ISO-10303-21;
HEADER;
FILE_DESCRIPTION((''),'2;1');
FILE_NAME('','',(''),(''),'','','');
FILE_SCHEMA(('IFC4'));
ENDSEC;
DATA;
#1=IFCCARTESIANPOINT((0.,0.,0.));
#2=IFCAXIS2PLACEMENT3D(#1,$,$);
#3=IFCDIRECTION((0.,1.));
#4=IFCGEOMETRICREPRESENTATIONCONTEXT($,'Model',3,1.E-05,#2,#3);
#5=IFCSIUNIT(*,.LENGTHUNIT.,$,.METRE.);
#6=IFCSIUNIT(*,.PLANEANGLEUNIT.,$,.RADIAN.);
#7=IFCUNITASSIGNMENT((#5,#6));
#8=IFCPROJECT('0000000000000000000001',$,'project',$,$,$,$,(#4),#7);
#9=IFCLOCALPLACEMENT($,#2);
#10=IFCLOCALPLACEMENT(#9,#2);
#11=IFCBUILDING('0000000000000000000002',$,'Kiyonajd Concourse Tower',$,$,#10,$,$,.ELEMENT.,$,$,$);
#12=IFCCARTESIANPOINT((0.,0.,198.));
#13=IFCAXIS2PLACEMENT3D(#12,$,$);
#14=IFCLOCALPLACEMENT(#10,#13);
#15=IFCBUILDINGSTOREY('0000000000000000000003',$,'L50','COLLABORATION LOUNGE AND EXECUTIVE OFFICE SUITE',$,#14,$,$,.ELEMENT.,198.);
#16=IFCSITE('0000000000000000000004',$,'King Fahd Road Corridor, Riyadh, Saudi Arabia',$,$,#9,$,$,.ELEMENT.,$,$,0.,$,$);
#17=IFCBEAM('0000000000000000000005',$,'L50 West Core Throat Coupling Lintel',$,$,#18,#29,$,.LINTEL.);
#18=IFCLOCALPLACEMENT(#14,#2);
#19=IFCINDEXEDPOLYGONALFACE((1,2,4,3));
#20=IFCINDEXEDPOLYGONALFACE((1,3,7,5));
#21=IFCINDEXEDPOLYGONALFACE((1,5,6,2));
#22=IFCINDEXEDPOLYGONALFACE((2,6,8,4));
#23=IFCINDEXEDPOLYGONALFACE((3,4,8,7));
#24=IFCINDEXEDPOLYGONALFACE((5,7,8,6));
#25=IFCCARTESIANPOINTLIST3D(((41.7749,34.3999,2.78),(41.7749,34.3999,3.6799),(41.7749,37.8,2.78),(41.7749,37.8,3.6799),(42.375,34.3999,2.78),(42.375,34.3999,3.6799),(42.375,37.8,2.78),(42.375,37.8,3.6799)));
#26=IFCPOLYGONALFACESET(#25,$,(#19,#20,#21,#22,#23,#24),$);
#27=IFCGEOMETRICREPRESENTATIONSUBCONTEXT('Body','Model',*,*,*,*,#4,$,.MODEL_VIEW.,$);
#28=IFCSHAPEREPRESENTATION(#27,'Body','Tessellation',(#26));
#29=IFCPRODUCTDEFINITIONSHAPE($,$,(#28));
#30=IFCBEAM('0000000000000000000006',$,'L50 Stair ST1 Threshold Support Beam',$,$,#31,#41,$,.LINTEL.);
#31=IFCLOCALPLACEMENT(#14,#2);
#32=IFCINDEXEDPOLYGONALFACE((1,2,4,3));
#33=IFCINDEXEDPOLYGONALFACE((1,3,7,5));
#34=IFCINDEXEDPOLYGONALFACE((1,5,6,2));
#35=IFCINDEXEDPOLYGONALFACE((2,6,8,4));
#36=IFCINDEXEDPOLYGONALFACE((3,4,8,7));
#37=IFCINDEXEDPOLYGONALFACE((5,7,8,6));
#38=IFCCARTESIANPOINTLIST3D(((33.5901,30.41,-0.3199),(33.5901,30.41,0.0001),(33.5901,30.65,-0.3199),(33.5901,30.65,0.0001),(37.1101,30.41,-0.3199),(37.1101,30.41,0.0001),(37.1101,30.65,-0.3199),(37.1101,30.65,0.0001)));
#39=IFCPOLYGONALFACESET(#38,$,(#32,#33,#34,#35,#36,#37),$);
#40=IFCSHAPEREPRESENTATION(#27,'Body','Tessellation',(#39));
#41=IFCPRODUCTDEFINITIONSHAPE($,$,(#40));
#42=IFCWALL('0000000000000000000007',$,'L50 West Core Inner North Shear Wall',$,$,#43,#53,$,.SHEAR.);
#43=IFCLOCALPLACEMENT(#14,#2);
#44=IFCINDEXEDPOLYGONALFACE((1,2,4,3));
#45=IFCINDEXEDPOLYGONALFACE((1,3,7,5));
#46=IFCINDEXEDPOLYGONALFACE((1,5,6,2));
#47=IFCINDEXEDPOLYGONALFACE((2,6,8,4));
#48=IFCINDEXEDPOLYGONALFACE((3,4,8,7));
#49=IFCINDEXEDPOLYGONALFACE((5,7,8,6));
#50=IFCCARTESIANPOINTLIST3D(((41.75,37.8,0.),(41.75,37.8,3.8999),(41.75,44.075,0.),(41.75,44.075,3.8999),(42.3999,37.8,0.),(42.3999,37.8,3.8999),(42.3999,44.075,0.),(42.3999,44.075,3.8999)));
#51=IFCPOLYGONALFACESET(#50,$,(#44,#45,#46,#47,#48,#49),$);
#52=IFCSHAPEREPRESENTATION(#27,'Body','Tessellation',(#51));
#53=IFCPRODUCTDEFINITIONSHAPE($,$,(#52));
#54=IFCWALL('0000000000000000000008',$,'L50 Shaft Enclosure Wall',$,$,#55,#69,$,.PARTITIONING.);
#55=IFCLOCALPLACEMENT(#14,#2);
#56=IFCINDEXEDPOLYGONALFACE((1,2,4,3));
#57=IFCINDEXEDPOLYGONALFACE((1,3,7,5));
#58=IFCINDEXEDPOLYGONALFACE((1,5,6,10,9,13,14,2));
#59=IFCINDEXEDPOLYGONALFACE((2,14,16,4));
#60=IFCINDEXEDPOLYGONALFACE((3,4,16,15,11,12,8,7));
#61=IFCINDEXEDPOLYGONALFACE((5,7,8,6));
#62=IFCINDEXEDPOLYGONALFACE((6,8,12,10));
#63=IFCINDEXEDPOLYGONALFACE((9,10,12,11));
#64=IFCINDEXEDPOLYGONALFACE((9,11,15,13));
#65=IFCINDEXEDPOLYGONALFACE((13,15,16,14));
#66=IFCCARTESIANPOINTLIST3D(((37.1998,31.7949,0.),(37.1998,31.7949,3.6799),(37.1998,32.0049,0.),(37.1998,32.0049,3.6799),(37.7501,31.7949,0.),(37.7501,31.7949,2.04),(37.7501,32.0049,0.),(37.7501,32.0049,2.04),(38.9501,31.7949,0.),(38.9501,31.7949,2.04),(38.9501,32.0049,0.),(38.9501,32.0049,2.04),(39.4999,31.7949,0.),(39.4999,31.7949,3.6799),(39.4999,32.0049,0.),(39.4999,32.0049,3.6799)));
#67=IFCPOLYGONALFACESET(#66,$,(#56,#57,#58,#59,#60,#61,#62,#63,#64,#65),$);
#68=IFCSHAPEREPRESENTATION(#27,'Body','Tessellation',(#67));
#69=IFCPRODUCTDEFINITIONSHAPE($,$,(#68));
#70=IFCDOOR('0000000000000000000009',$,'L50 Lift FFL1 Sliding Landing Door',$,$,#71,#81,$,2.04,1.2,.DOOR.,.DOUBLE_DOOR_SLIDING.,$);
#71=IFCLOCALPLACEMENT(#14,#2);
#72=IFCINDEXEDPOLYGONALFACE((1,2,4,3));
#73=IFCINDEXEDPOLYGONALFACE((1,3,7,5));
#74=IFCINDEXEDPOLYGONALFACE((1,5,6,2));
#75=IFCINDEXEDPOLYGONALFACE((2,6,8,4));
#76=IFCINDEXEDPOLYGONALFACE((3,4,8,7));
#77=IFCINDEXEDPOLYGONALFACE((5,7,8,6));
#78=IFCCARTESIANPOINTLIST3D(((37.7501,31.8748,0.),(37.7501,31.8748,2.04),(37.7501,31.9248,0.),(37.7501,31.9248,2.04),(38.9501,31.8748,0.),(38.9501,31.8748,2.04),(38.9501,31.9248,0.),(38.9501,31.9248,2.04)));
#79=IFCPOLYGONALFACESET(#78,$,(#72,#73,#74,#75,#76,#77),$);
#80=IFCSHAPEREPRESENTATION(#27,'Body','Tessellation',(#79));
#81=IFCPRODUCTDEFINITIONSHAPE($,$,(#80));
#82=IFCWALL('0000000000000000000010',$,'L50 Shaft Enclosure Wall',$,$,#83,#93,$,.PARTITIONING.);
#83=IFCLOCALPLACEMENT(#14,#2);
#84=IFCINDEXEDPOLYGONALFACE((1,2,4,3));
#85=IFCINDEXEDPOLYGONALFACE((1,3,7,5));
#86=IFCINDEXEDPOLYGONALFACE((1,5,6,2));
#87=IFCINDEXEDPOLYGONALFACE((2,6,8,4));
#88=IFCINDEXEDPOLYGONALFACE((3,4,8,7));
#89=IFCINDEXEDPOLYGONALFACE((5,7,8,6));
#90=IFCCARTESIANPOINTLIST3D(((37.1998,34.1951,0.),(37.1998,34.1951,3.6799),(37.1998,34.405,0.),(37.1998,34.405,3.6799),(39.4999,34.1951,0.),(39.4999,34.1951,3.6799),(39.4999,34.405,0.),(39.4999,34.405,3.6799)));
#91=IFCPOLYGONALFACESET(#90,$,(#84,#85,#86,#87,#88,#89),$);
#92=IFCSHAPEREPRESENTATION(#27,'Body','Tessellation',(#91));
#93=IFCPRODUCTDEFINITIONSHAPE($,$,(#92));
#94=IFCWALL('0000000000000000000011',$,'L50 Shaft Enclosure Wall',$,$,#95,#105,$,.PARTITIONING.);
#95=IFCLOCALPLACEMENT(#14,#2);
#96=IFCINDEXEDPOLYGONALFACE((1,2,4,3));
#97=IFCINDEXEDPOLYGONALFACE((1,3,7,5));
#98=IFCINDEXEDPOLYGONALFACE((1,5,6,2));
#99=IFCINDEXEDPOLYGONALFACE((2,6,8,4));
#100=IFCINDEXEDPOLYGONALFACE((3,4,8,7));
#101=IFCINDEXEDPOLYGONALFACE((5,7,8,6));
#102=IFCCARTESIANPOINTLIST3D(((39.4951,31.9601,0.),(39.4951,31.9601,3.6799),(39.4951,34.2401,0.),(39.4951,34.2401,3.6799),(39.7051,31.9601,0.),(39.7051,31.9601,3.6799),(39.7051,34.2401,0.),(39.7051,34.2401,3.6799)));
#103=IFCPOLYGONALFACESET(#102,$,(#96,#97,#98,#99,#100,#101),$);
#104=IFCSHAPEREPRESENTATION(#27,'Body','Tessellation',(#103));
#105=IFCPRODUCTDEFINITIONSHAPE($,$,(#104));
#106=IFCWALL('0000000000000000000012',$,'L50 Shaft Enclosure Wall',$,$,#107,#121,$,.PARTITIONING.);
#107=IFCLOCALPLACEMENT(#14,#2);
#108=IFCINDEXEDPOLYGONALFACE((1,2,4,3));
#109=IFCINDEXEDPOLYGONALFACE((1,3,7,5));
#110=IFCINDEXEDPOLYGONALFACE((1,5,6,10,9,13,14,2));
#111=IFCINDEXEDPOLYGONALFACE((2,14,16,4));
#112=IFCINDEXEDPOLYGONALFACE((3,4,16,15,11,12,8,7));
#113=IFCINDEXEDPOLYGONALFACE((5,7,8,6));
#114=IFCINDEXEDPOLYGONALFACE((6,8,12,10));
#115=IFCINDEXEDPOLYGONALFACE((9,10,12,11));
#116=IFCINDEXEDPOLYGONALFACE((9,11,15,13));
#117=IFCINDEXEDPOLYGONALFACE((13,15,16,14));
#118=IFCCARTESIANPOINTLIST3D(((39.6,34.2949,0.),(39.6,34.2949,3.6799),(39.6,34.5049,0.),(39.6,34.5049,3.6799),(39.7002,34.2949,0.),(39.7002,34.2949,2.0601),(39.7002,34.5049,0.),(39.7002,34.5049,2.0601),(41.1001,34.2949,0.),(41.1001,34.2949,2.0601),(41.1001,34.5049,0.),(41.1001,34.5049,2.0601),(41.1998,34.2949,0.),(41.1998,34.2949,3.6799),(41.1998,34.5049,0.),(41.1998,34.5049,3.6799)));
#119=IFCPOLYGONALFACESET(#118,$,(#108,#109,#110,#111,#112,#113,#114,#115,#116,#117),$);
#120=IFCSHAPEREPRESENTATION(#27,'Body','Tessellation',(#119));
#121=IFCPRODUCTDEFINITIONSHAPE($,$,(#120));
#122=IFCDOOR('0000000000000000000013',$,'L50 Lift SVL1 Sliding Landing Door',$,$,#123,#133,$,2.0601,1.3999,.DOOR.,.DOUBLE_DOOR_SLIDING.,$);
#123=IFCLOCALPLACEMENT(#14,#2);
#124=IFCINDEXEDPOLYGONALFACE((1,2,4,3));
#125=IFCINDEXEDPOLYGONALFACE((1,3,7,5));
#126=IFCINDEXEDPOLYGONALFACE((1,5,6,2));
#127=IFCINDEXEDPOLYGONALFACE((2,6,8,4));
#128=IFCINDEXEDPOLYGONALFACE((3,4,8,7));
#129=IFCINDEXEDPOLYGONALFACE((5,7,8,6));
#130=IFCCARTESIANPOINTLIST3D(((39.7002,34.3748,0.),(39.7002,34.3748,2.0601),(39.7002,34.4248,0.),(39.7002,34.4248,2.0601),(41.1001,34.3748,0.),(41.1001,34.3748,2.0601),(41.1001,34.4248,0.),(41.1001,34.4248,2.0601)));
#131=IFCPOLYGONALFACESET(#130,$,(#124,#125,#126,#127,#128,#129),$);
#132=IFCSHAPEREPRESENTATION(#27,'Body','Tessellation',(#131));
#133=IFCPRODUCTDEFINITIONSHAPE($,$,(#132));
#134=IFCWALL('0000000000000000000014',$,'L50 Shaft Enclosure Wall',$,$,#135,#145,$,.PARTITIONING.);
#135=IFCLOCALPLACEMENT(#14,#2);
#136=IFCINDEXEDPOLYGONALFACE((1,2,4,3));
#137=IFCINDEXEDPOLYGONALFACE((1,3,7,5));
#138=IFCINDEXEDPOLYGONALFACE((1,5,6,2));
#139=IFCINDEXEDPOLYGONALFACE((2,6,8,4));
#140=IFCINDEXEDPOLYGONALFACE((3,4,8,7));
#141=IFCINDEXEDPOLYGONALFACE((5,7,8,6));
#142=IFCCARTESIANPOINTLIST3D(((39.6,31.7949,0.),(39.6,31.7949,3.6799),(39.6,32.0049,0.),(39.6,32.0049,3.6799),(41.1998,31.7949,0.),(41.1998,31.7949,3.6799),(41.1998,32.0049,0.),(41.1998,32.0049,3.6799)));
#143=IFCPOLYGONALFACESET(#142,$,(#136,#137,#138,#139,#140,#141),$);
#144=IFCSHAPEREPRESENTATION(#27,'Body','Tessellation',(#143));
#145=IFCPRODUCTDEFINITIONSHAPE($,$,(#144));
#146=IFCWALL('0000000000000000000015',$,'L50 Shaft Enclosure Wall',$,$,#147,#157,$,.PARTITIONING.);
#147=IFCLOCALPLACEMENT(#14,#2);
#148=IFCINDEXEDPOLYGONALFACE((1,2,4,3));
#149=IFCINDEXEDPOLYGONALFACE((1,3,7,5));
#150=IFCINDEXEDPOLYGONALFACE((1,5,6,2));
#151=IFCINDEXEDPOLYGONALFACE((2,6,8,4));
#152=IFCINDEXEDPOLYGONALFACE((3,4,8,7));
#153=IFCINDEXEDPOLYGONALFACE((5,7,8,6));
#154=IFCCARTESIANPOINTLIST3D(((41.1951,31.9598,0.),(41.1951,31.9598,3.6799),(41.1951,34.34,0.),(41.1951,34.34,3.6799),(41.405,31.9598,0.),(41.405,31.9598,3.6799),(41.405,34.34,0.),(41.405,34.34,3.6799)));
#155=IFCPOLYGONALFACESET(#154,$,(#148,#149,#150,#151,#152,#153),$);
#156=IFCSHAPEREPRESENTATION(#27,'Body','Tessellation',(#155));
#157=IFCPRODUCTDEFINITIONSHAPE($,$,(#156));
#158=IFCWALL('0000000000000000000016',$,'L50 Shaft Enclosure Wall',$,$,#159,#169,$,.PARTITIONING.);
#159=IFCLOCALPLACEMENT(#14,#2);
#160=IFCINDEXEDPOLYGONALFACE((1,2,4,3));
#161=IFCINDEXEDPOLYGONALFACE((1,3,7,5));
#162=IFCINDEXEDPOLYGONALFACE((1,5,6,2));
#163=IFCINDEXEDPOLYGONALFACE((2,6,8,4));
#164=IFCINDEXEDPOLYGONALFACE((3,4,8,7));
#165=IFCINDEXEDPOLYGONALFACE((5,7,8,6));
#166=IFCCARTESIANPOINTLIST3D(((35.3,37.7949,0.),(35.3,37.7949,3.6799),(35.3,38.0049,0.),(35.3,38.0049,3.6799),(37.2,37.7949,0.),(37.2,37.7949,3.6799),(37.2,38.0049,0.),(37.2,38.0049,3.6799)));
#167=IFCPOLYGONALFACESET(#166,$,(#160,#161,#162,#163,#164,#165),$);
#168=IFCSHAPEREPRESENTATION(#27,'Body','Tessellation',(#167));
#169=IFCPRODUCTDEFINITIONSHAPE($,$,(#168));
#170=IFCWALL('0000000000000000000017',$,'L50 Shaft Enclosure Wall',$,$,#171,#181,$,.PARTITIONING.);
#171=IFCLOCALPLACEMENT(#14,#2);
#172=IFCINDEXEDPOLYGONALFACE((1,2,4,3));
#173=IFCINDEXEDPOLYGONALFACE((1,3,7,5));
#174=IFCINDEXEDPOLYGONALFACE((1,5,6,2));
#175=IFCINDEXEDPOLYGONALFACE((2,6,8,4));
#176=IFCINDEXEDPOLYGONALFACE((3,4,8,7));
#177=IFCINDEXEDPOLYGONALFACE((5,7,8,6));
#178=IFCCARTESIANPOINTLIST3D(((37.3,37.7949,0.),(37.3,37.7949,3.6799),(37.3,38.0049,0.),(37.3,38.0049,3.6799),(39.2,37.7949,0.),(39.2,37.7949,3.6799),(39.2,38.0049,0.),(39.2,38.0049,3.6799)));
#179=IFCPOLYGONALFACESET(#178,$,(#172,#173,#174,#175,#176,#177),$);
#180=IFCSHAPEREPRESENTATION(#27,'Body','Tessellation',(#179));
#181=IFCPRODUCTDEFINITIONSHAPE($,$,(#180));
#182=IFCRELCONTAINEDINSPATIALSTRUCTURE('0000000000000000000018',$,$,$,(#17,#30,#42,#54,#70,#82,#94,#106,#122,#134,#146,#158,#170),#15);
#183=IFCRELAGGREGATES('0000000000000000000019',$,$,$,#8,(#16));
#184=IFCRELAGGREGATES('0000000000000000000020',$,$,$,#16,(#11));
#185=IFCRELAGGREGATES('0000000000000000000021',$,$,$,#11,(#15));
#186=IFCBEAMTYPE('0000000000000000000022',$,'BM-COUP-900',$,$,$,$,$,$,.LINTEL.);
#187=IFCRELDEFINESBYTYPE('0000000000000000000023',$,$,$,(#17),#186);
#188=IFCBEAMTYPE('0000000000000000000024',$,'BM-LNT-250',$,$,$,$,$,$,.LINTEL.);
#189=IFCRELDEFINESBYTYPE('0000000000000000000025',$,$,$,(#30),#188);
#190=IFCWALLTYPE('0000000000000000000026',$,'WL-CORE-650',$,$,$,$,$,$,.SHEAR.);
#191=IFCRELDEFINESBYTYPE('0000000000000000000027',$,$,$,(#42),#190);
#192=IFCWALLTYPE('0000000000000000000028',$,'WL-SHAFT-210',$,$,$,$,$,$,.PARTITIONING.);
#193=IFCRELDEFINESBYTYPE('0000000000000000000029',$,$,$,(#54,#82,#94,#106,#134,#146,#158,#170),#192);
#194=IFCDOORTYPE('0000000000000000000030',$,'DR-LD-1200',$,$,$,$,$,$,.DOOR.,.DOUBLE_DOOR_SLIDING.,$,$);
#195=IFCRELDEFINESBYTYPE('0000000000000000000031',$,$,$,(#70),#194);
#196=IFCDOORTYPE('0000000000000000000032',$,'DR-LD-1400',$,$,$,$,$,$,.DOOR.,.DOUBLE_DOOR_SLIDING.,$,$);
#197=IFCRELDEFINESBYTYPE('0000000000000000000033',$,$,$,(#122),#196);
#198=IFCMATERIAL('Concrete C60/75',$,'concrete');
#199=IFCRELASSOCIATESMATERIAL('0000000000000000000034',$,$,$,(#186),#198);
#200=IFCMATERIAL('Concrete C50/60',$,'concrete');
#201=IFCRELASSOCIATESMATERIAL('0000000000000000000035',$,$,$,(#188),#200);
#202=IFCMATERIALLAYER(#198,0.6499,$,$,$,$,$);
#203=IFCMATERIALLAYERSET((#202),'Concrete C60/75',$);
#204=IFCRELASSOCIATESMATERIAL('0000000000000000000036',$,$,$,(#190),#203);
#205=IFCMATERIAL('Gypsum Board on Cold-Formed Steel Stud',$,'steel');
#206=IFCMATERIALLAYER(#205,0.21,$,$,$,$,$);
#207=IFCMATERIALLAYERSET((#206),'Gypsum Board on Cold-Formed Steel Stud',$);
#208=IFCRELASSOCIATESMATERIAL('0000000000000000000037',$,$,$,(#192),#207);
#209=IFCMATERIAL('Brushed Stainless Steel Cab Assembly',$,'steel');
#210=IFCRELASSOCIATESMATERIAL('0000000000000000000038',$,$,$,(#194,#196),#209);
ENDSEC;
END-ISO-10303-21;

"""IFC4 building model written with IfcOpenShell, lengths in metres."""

from ifc_helpers import new_model, si_unit, direction, frame, frame_2d, origin, origin_2d, place, context, subcontext, project, spatial, rectangle, extrude, material, layer, layer_set, material_profile, profile_set, type_object, element, fill, save


model = new_model("IFC4")

# Units and contexts
model_context = context("Model", 3, precision=1e-05, world=origin(), true_north=direction((0.0, 1.0)))
body_context = subcontext(model_context, "Body", "Model", "MODEL_VIEW")
ifc_project = project(units=[si_unit("LENGTHUNIT", "METRE"), si_unit("PLANEANGLEUNIT", "RADIAN")], contexts=[model_context])

# Site, building, storey
site_placement = place(None, origin())
site = spatial("IfcSite", under=ifc_project, at=site_placement, Name="King Fahd Road Corridor, Riyadh, Saudi Arabia", CompositionType="ELEMENT", RefElevation=0.0)
building_placement = place(site_placement, origin())
building = spatial("IfcBuilding", under=site, at=building_placement, Name="Kiyonajd Concourse Tower", CompositionType="ELEMENT")
storey_placement = place(building_placement, frame((0.0, 0.0, 198.0)))
storey = spatial("IfcBuildingStorey", under=building, at=storey_placement, Name="L50", Description="COLLABORATION LOUNGE AND EXECUTIVE OFFICE SUITE", CompositionType="ELEMENT", Elevation=198.0)

# Beams
ifc_material_1 = material(Name="Concrete C60/75", Category="concrete")
ifc_material_profile_1 = material_profile(ifc_material_1, rectangle(XDim=0.6001, YDim=0.8999, at=origin_2d()), Name="RCBM-600x900")
ifc_profile_set_1 = profile_set([ifc_material_profile_1], Name="Concrete C60/75")
beam_type_1 = type_object("IfcBeamType", Name="BM-COUP-900", PredefinedType="LINTEL", material=ifc_profile_set_1)
beam_1_placement = place(storey_placement, frame((42.075, 34.3999, 3.23), z_axis=(0.0, 1.0, 0.0), x_axis=(-1.0, 0.0, 0.0)))
element("IfcBeam", 1, at=beam_1_placement, inside=storey, type_object=beam_type_1, Name="L50 West Core Throat Coupling Lintel", PredefinedType="LINTEL", context=body_context, shape_type="SweptSolid", body=[
    extrude(rectangle(XDim=0.6001, YDim=0.8999, at=origin_2d()), origin(), (0.0, 0.0, 1.0), 3.4001),
])
ifc_material_2 = material(Name="Concrete C50/60", Category="concrete")
ifc_material_profile_2 = material_profile(ifc_material_2, rectangle(XDim=0.24, YDim=0.3201, at=origin_2d()), Name="RCBM-240x320")
ifc_profile_set_2 = profile_set([ifc_material_profile_2], Name="Concrete C50/60")
beam_type_2 = type_object("IfcBeamType", Name="BM-LNT-250", PredefinedType="LINTEL", material=ifc_profile_set_2)
beam_2_placement = place(storey_placement, frame((33.5901, 30.53, -0.1599), z_axis=(1.0, 0.0, 0.0), x_axis=(0.0, 1.0, 0.0)))
element("IfcBeam", 2, at=beam_2_placement, inside=storey, type_object=beam_type_2, Name="L50 Stair ST1 Threshold Support Beam", PredefinedType="LINTEL", context=body_context, shape_type="SweptSolid", body=[
    extrude(rectangle(XDim=0.24, YDim=0.3201, at=origin_2d()), origin(), (0.0, 0.0, 1.0), 3.52),
])

# Wall
ifc_layer_1 = layer(ifc_material_1, 0.6499)
ifc_layer_set_1 = layer_set([ifc_layer_1], Name="Concrete C60/75")
wall_type_1 = type_object("IfcWallType", Name="WL-CORE-650", PredefinedType="SHEAR", material=ifc_layer_set_1)
wall_1_placement = place(storey_placement, frame((42.075, 37.8, 0.0), z_axis=(0.0, 0.0, 1.0), x_axis=(0.0, 1.0, 0.0)))
element("IfcWall", 3, at=wall_1_placement, inside=storey, type_object=wall_type_1, Name="L50 West Core Inner North Shear Wall", PredefinedType="SHEAR", context=body_context, shape_type="SweptSolid", body=[
    extrude(rectangle(XDim=6.2749, YDim=0.6499, at=frame_2d((3.1375, 0.0))), origin(), (0.0, 0.0, 1.0), 3.8999),
])

# Wall, opening, door
ifc_material_3 = material(Name="Gypsum Board on Cold-Formed Steel Stud", Category="steel")
ifc_layer_2 = layer(ifc_material_3, 0.21)
ifc_layer_set_2 = layer_set([ifc_layer_2], Name="Gypsum Board on Cold-Formed Steel Stud")
wall_type_2 = type_object("IfcWallType", Name="WL-SHAFT-210", PredefinedType="PARTITIONING", material=ifc_layer_set_2)
wall_2_placement = place(storey_placement, frame((37.2, 31.8999, 0.0), z_axis=(0.0, 0.0, 1.0), x_axis=(1.0, 0.0, 0.0)))
wall_2 = element("IfcWall", 4, at=wall_2_placement, inside=storey, type_object=wall_type_2, Name="L50 Shaft Enclosure Wall", PredefinedType="PARTITIONING", context=body_context, shape_type="SweptSolid", body=[
    extrude(rectangle(XDim=2.3, YDim=0.21, at=frame_2d((1.1499, 0.0))), origin(), (0.0, 0.0, 1.0), 3.6799),
])
opening_1_placement = place(wall_2_placement, frame((0.55, 0.0, 0.0)))
opening_1 = element("IfcOpeningElement", 5, at=opening_1_placement, cuts=wall_2, PredefinedType="OPENING", context=body_context, shape_type="SweptSolid", body=[
    extrude(rectangle(XDim=1.2, YDim=2.04, at=frame_2d((0.6001, 1.02))), frame((0.0, 0.115, 0.0), z_axis=(0.0, -1.0, 0.0), x_axis=(1.0, 0.0, 0.0)), (0.0, 0.0, 1.0), 0.23),
])
ifc_material_4 = material(Name="Brushed Stainless Steel Cab Assembly", Category="steel")
door_type_1 = type_object("IfcDoorType", Name="DR-LD-1200", OperationType="DOUBLE_DOOR_SLIDING", PredefinedType="DOOR", material=ifc_material_4)
door_1_placement = place(opening_1_placement, origin())
door_1 = element("IfcDoor", 6, at=door_1_placement, inside=storey, type_object=door_type_1, Name="L50 Lift FFL1 Sliding Landing Door", OperationType="DOUBLE_DOOR_SLIDING", OverallHeight=2.04, OverallWidth=1.2, PredefinedType="DOOR", context=body_context, shape_type="SweptSolid", body=[
    extrude(rectangle(XDim=1.2, YDim=2.04, at=frame_2d((0.6001, 1.02))), frame((0.0, 0.0249, 0.0), z_axis=(0.0, -1.0, 0.0), x_axis=(1.0, 0.0, 0.0)), (0.0, 0.0, 1.0), 0.05),
])
fill(opening_1, door_1)

# Walls
wall_3_placement = place(storey_placement, frame((37.2, 34.3, 0.0), z_axis=(0.0, 0.0, 1.0), x_axis=(1.0, 0.0, 0.0)))
element("IfcWall", 7, at=wall_3_placement, inside=storey, type_object=wall_type_2, Name="L50 Shaft Enclosure Wall", PredefinedType="PARTITIONING", context=body_context, shape_type="SweptSolid", body=[
    extrude(rectangle(XDim=2.3, YDim=0.21, at=frame_2d((1.1499, 0.0))), origin(), (0.0, 0.0, 1.0), 3.6799),
])
wall_4_placement = place(storey_placement, frame((39.6001, 31.96, 0.0), z_axis=(0.0, 0.0, 1.0), x_axis=(0.0, 1.0, 0.0)))
element("IfcWall", 8, at=wall_4_placement, inside=storey, type_object=wall_type_2, Name="L50 Shaft Enclosure Wall", PredefinedType="PARTITIONING", context=body_context, shape_type="SweptSolid", body=[
    extrude(rectangle(XDim=2.28, YDim=0.21, at=frame_2d((1.1401, 0.0))), origin(), (0.0, 0.0, 1.0), 3.6799),
])

# Wall, opening, door
wall_5_placement = place(storey_placement, frame((39.6001, 34.3999, 0.0), z_axis=(0.0, 0.0, 1.0), x_axis=(1.0, 0.0, 0.0)))
wall_5 = element("IfcWall", 9, at=wall_5_placement, inside=storey, type_object=wall_type_2, Name="L50 Shaft Enclosure Wall", PredefinedType="PARTITIONING", context=body_context, shape_type="SweptSolid", body=[
    extrude(rectangle(XDim=1.5999, YDim=0.21, at=frame_2d((0.7998, 0.0))), origin(), (0.0, 0.0, 1.0), 3.6799),
])
opening_2_placement = place(wall_5_placement, frame((0.1001, 0.0, 0.0)))
opening_2 = element("IfcOpeningElement", 10, at=opening_2_placement, cuts=wall_5, PredefinedType="OPENING", context=body_context, shape_type="SweptSolid", body=[
    extrude(rectangle(XDim=1.3999, YDim=2.0601, at=frame_2d((0.7, 1.03))), frame((0.0, 0.115, 0.0), z_axis=(0.0, -1.0, 0.0), x_axis=(1.0, 0.0, 0.0)), (0.0, 0.0, 1.0), 0.23),
])
door_type_2 = type_object("IfcDoorType", Name="DR-LD-1400", OperationType="DOUBLE_DOOR_SLIDING", PredefinedType="DOOR", material=ifc_material_4)
door_2_placement = place(opening_2_placement, origin())
door_2 = element("IfcDoor", 11, at=door_2_placement, inside=storey, type_object=door_type_2, Name="L50 Lift SVL1 Sliding Landing Door", OperationType="DOUBLE_DOOR_SLIDING", OverallHeight=2.0601, OverallWidth=1.3999, PredefinedType="DOOR", context=body_context, shape_type="SweptSolid", body=[
    extrude(rectangle(XDim=1.3999, YDim=2.0601, at=frame_2d((0.7, 1.03))), frame((0.0, 0.0249, 0.0), z_axis=(0.0, -1.0, 0.0), x_axis=(1.0, 0.0, 0.0)), (0.0, 0.0, 1.0), 0.05),
])
fill(opening_2, door_2)

# Walls
wall_6_placement = place(storey_placement, frame((39.6001, 31.8999, 0.0), z_axis=(0.0, 0.0, 1.0), x_axis=(1.0, 0.0, 0.0)))
element("IfcWall", 12, at=wall_6_placement, inside=storey, type_object=wall_type_2, Name="L50 Shaft Enclosure Wall", PredefinedType="PARTITIONING", context=body_context, shape_type="SweptSolid", body=[
    extrude(rectangle(XDim=1.5999, YDim=0.21, at=frame_2d((0.7998, 0.0))), origin(), (0.0, 0.0, 1.0), 3.6799),
])
wall_7_placement = place(storey_placement, frame((41.3, 31.96, 0.0), z_axis=(0.0, 0.0, 1.0), x_axis=(0.0, 1.0, 0.0)))
element("IfcWall", 13, at=wall_7_placement, inside=storey, type_object=wall_type_2, Name="L50 Shaft Enclosure Wall", PredefinedType="PARTITIONING", context=body_context, shape_type="SweptSolid", body=[
    extrude(rectangle(XDim=2.3801, YDim=0.21, at=frame_2d((1.1899, 0.0))), origin(), (0.0, 0.0, 1.0), 3.6799),
])
for number, where, z_axis, x_axis, name in (
    (14, (35.3, 37.8999, 0.0), (0.0, 0.0, 1.0), (1.0, 0.0, 0.0), "L50 Shaft Enclosure Wall"),
    (15, (37.3, 37.8999, 0.0), (0.0, 0.0, 1.0), (1.0, 0.0, 0.0), "L50 Shaft Enclosure Wall"),
):
    element("IfcWall", number, at=place(storey_placement, frame(where, z_axis=z_axis, x_axis=x_axis)), inside=storey, type_object=wall_type_2, Name=name, PredefinedType="PARTITIONING", context=body_context, shape_type="SweptSolid", body=[
        extrude(rectangle(XDim=1.8999, YDim=0.21, at=frame_2d((0.95, 0.0))), origin(), (0.0, 0.0, 1.0), 3.6799),
    ])

save(model, "model.ifc")
